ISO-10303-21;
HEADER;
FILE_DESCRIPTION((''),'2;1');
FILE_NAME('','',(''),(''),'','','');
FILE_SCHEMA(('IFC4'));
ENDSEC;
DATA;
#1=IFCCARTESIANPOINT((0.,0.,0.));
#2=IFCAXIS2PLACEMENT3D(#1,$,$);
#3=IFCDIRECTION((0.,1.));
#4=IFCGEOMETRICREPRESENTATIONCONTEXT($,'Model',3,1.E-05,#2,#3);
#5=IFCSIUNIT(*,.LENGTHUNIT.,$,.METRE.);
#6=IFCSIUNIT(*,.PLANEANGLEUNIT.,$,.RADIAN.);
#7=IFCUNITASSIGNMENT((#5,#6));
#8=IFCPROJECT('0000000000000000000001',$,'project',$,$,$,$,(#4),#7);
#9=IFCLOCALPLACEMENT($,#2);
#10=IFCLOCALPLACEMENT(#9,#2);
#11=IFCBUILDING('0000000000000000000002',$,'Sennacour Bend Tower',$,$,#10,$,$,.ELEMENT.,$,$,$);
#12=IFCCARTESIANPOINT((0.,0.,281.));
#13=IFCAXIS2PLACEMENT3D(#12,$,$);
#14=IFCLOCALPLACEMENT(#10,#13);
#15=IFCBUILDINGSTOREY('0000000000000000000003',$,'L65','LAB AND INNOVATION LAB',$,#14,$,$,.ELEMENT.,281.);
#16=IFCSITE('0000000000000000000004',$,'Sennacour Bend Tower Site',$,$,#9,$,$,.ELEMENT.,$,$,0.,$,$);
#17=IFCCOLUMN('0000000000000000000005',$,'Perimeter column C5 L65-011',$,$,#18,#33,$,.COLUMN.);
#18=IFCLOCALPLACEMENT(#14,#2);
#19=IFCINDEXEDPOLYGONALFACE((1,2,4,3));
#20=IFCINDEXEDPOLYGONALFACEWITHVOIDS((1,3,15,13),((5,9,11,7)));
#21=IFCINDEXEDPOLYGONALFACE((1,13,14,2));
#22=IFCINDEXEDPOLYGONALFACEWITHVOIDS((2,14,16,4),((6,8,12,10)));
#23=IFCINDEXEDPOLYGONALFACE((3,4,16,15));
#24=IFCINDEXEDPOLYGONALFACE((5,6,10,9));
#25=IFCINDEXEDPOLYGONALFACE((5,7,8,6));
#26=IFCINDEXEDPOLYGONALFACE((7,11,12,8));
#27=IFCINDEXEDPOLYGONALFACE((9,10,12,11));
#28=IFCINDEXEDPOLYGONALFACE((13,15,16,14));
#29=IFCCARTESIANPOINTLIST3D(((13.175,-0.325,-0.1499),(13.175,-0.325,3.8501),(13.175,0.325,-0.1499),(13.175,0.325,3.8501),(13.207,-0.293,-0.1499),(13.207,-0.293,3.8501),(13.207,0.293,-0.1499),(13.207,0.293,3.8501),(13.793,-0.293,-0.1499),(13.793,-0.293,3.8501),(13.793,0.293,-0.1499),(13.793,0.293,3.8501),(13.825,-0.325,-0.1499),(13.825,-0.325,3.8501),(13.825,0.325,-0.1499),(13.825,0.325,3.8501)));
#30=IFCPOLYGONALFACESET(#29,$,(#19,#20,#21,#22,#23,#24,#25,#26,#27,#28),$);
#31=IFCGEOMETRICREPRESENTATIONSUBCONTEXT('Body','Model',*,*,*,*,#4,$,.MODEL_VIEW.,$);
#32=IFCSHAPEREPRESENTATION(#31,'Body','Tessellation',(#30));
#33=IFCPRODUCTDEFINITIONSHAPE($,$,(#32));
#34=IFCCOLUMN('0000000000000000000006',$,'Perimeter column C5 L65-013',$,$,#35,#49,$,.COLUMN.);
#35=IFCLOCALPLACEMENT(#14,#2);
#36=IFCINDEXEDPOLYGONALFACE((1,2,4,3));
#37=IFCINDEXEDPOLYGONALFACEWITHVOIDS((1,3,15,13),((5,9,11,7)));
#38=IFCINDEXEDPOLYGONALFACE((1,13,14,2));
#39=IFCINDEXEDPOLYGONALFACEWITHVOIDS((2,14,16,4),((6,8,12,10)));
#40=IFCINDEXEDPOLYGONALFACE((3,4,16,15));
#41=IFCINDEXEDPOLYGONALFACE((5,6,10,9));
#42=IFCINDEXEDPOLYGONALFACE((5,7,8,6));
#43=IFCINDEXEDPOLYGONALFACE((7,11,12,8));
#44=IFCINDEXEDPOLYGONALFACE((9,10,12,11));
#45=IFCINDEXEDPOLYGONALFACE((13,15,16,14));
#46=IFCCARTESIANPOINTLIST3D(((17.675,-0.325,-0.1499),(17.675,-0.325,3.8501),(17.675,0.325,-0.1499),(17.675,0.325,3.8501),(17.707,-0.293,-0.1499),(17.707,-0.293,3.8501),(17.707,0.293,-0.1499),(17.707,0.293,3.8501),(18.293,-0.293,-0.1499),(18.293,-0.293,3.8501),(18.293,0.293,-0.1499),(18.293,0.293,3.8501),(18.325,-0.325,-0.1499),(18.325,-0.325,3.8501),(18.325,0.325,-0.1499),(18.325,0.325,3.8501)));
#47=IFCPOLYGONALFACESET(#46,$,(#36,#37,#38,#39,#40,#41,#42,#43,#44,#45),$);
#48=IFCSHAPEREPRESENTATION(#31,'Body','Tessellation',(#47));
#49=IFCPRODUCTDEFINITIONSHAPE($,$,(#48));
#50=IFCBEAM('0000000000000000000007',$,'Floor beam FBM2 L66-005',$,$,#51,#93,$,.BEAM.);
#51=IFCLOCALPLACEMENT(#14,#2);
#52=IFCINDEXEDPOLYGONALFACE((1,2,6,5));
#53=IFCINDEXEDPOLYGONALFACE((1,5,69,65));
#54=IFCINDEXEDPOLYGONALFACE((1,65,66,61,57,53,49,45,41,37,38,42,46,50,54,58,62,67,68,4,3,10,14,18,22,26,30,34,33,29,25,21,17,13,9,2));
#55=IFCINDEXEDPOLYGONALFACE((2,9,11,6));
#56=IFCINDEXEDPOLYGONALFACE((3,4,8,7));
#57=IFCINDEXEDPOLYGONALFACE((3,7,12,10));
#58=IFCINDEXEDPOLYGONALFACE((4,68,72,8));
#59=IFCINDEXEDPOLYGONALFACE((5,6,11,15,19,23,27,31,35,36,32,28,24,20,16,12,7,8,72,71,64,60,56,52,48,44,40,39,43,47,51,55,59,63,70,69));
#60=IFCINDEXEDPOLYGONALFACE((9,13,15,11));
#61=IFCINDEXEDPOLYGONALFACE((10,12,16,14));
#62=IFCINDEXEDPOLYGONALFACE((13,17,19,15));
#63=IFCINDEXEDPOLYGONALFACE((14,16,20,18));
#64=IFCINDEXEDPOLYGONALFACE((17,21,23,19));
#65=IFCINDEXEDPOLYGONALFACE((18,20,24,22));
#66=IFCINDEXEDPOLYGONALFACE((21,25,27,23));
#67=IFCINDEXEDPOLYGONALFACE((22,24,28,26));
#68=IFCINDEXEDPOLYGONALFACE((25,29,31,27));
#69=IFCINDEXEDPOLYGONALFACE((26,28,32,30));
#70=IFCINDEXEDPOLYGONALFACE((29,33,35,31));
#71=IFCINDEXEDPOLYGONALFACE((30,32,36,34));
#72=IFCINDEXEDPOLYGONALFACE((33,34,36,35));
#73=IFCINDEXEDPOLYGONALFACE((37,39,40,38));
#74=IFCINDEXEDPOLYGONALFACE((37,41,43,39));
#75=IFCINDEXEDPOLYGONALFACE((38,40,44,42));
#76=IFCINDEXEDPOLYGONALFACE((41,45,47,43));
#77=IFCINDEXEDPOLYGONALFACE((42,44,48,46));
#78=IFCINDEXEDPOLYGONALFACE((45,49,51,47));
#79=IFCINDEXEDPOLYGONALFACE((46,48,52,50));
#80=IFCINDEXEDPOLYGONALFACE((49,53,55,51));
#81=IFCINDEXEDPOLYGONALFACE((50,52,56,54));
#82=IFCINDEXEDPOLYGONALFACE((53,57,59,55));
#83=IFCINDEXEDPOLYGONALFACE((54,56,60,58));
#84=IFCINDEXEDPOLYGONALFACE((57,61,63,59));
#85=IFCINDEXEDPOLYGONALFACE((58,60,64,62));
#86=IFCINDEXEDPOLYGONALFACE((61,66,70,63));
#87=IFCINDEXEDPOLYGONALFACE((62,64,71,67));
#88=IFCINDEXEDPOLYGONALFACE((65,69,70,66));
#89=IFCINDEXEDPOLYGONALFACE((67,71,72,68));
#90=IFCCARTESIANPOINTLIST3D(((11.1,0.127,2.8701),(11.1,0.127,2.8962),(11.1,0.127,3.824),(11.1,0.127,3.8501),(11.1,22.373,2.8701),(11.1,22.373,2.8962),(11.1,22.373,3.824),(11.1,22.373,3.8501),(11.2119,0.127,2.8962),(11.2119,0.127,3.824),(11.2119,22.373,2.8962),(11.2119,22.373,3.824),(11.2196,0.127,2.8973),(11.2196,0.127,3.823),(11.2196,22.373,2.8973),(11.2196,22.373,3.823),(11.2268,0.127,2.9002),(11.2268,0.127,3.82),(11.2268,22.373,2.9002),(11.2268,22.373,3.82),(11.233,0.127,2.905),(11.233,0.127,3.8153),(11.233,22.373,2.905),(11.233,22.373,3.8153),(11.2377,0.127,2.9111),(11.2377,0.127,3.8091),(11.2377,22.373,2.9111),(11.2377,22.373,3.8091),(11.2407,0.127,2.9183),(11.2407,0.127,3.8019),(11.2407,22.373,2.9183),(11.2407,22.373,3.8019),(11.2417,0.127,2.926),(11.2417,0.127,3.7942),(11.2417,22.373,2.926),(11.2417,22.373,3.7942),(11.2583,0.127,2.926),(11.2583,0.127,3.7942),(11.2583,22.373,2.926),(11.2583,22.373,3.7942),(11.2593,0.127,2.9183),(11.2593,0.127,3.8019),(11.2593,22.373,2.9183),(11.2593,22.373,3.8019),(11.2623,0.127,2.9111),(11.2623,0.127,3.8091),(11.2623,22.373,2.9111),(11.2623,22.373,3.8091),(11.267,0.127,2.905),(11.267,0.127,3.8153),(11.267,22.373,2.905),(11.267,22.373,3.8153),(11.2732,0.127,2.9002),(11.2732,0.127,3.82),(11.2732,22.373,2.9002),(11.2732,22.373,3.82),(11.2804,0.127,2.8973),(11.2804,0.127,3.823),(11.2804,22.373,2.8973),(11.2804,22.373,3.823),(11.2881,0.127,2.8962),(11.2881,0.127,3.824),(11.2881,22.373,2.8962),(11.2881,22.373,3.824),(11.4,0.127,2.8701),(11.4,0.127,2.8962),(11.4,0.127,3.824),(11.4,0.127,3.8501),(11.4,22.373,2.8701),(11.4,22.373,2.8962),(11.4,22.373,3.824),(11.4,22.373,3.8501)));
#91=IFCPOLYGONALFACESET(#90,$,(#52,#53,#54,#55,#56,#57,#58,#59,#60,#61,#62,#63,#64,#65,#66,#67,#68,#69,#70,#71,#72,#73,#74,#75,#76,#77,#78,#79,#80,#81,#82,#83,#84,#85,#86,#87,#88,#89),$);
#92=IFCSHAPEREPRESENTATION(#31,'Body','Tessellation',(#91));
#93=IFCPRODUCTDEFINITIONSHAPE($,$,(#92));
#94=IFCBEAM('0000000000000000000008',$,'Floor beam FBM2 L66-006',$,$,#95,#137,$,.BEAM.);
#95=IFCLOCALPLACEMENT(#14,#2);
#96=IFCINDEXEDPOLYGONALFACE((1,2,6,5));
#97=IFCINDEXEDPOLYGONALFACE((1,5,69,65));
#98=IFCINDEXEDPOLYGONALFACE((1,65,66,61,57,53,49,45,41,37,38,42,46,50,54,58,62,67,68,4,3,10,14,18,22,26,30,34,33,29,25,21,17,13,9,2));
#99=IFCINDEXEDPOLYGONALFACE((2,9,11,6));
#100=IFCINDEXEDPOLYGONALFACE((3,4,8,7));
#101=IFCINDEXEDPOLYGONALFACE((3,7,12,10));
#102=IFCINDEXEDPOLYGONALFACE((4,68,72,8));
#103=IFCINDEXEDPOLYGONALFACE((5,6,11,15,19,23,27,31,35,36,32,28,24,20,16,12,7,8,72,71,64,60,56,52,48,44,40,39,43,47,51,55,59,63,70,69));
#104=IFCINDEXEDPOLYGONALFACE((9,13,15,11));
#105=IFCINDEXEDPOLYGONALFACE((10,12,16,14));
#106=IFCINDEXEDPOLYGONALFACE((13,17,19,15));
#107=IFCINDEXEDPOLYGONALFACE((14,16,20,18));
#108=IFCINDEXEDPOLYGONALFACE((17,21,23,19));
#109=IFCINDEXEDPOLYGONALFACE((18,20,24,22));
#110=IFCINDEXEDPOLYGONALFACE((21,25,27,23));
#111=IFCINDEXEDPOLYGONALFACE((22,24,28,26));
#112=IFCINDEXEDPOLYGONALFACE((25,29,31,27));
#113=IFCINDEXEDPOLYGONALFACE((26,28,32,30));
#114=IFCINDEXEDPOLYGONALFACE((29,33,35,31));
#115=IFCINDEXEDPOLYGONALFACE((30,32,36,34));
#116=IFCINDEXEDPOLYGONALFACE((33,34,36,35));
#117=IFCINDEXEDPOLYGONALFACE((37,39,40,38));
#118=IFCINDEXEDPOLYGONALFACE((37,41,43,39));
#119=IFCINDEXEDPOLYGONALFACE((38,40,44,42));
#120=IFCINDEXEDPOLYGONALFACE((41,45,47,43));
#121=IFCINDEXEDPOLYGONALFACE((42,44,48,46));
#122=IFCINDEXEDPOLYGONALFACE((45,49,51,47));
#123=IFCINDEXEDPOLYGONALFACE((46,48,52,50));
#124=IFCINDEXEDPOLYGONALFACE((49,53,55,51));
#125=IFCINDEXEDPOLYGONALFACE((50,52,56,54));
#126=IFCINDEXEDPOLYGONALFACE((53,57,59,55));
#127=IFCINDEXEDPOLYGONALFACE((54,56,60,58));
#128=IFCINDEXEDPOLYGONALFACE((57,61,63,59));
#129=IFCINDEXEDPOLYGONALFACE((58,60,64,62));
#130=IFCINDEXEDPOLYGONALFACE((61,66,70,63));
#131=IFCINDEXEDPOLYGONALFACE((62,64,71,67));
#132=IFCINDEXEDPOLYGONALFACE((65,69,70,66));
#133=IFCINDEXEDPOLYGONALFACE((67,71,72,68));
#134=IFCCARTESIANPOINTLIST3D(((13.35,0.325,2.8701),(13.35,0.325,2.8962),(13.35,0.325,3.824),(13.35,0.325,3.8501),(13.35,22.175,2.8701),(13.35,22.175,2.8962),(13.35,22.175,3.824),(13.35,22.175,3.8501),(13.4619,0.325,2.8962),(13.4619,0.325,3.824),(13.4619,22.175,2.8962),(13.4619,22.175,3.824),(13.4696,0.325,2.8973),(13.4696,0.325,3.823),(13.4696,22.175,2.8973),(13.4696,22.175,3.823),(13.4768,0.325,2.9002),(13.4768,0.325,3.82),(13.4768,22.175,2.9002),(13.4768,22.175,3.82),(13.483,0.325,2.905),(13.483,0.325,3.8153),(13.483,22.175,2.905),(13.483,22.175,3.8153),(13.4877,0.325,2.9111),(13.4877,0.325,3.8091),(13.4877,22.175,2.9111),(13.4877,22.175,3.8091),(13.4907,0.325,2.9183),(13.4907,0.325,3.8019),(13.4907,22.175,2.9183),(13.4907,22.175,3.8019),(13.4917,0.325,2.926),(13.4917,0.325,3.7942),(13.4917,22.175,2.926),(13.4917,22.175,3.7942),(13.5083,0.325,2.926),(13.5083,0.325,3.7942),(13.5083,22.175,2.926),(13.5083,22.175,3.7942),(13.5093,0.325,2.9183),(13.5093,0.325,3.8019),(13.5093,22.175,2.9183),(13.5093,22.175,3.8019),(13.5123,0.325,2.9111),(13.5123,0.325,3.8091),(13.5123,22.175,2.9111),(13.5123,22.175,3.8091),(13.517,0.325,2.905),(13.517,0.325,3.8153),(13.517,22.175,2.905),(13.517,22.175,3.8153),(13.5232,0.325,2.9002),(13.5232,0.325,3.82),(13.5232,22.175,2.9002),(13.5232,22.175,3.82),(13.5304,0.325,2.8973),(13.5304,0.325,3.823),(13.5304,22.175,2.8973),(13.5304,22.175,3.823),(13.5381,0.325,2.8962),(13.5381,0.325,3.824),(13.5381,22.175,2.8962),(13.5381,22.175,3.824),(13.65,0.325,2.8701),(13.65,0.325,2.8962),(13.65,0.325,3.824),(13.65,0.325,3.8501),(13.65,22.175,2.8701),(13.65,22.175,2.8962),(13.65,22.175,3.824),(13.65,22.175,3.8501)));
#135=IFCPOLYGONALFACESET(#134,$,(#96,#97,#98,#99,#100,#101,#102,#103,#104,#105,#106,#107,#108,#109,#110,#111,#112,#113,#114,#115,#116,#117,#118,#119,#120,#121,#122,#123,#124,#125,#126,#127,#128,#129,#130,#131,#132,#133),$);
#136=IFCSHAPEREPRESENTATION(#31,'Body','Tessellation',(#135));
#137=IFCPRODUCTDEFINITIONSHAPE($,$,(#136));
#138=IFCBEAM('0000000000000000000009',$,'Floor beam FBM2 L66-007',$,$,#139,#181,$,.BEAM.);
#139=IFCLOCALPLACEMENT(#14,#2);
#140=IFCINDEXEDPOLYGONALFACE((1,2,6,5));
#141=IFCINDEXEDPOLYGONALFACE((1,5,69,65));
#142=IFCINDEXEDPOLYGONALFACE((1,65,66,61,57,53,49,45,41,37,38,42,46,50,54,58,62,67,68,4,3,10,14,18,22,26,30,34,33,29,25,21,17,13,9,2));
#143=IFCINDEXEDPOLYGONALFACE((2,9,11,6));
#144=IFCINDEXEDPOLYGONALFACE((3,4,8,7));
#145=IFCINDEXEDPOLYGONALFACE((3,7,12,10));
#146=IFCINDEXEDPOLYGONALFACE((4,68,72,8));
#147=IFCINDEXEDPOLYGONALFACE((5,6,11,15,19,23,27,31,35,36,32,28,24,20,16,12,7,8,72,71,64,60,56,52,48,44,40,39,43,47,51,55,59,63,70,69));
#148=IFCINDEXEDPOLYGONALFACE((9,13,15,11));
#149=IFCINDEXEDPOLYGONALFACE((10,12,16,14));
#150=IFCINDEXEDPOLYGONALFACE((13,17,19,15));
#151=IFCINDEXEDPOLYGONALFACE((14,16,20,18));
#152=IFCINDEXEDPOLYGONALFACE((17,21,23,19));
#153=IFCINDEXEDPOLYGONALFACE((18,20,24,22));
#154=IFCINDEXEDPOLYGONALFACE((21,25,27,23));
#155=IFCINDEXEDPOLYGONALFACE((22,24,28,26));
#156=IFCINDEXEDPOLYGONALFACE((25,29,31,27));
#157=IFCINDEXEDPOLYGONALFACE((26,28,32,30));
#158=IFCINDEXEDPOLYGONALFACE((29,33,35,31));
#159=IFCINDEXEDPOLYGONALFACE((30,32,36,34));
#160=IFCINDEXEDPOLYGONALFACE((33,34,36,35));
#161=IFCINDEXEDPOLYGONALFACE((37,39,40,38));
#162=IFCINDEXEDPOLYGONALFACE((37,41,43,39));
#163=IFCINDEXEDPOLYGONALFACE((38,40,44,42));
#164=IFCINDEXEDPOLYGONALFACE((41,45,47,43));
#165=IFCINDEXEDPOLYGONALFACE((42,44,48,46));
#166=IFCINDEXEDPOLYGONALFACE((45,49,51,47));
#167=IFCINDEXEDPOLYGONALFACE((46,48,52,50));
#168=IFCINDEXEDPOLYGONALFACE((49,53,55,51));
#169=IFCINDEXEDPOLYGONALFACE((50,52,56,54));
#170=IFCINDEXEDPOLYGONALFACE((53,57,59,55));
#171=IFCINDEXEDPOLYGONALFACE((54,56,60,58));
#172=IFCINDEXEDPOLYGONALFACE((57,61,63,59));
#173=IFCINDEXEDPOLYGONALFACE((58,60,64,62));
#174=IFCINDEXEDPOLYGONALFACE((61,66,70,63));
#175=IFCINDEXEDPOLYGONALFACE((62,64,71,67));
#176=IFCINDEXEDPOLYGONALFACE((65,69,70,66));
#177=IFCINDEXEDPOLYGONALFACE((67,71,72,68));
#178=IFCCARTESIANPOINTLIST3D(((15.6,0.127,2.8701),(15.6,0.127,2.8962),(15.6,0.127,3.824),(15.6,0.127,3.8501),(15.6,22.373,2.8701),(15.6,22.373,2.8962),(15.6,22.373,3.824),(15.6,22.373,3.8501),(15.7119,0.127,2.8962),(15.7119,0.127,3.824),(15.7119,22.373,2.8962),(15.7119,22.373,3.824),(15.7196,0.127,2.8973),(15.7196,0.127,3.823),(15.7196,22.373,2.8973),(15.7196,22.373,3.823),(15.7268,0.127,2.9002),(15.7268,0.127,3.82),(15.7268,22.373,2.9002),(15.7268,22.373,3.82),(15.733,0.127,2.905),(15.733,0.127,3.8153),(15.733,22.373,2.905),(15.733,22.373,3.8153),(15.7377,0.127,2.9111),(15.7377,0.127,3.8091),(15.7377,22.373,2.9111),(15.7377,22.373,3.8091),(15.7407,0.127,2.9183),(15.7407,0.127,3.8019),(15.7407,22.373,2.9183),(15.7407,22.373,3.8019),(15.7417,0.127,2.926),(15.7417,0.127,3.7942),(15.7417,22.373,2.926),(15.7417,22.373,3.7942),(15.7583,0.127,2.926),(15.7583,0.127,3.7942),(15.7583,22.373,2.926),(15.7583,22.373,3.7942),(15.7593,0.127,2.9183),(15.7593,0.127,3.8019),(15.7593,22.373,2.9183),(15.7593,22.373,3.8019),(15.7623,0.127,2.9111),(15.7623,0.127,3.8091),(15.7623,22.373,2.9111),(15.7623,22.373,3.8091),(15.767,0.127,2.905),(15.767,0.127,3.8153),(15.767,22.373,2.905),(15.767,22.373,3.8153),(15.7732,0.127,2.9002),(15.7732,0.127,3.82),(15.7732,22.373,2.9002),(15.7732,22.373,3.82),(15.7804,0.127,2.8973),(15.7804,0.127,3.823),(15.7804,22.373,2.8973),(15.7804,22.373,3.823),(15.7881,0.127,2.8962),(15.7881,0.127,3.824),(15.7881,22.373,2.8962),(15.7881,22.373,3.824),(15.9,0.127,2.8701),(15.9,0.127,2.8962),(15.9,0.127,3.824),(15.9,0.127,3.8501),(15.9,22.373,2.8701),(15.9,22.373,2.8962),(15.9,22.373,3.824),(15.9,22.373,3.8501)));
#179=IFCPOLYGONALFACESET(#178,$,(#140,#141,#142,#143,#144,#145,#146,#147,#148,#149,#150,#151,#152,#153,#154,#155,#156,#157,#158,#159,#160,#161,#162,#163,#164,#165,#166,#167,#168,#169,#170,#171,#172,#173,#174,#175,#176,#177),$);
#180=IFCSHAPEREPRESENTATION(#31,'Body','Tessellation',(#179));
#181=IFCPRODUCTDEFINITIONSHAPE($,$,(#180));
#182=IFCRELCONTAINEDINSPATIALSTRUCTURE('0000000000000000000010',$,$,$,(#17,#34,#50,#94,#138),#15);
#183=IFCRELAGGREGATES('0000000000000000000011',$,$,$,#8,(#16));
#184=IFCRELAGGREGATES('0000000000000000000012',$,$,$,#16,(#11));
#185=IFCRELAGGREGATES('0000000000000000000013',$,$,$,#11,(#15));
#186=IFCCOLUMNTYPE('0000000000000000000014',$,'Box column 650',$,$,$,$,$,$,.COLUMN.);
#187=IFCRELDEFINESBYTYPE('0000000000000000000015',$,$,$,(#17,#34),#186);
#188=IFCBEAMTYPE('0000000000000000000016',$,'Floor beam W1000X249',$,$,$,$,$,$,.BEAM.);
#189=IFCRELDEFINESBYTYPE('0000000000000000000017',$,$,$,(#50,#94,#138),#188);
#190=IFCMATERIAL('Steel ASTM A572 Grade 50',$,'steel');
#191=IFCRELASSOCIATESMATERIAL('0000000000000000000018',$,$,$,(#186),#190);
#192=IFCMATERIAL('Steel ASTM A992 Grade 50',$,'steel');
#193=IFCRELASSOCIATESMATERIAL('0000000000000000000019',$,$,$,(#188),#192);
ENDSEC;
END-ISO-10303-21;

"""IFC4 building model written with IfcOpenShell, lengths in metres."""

from ifc_helpers import new_model, si_unit, direction, frame, origin, origin_2d, place, context, subcontext, project, spatial, hollow_rectangle, i_section, extrude, material, material_profile, profile_set, type_object, element, save


model = new_model("IFC4")

# Units and contexts
model_context = context("Model", 3, precision=1e-05, world=origin(), true_north=direction((0.0, 1.0)))
body_context = subcontext(model_context, "Body", "Model", "MODEL_VIEW")
ifc_project = project(units=[si_unit("LENGTHUNIT", "METRE"), si_unit("PLANEANGLEUNIT", "RADIAN")], contexts=[model_context])

# Site, building, storey
site_placement = place(None, origin())
site = spatial("IfcSite", under=ifc_project, at=site_placement, Name="Sennacour Bend Tower Site", CompositionType="ELEMENT", RefElevation=0.0)
building_placement = place(site_placement, origin())
building = spatial("IfcBuilding", under=site, at=building_placement, Name="Sennacour Bend Tower", CompositionType="ELEMENT")
storey_placement = place(building_placement, frame((0.0, 0.0, 281.0)))
storey = spatial("IfcBuildingStorey", under=building, at=storey_placement, Name="L65", Description="LAB AND INNOVATION LAB", CompositionType="ELEMENT", Elevation=281.0)

# Columns
ifc_material_1 = material(Name="Steel ASTM A572 Grade 50", Category="steel")
ifc_material_profile_1 = material_profile(ifc_material_1, hollow_rectangle(XDim=0.6499, YDim=0.6499, WallThickness=0.032, at=origin_2d()), Name="Steel ASTM A572 Grade 50", Category="steel")
ifc_profile_set_1 = profile_set([ifc_material_profile_1], Name="Steel ASTM A572 Grade 50")
column_type = type_object("IfcColumnType", Name="Box column 650", PredefinedType="COLUMN", material=ifc_profile_set_1)
for number, where, z_axis, x_axis, name in (
    (1, (13.5, 0.0, -0.1499), (0.0, 0.0, 1.0), (1.0, 0.0, 0.0), "Perimeter column C5 L65-011"),
    (2, (18.0, 0.0, -0.1499), (0.0, 0.0, 1.0), (1.0, 0.0, 0.0), "Perimeter column C5 L65-013"),
):
    element("IfcColumn", number, at=place(storey_placement, frame(where, z_axis=z_axis, x_axis=x_axis)), inside=storey, type_object=column_type, Name=name, PredefinedType="COLUMN", context=body_context, shape_type="SweptSolid", body=[
        extrude(hollow_rectangle(XDim=0.6499, YDim=0.6499, WallThickness=0.032, at=origin_2d()), origin(), (0.0, 0.0, 1.0), 4.0),
    ])

# Beams
ifc_material_2 = material(Name="Steel ASTM A992 Grade 50", Category="steel")
ifc_material_profile_2 = material_profile(ifc_material_2, i_section(OverallWidth=0.3, OverallDepth=0.98, WebThickness=0.0166, FlangeThickness=0.0261, FilletRadius=0.0298, at=origin_2d()), Name="Steel ASTM A992 Grade 50", Category="steel")
ifc_profile_set_2 = profile_set([ifc_material_profile_2], Name="Steel ASTM A992 Grade 50")
beam_type_1 = type_object("IfcBeamType", Name="Floor beam W1000X249", PredefinedType="BEAM", material=ifc_profile_set_2)
beam_1_placement = place(storey_placement, frame((11.25, 0.127, 3.3601), z_axis=(0.0, 1.0, 0.0), x_axis=(-1.0, 0.0, 0.0)))
element("IfcBeam", 3, at=beam_1_placement, inside=storey, type_object=beam_type_1, Name="Floor beam FBM2 L66-005", PredefinedType="BEAM", context=body_context, shape_type="SweptSolid", body=[
    extrude(i_section(OverallWidth=0.3, OverallDepth=0.98, WebThickness=0.0166, FlangeThickness=0.0261, FilletRadius=0.0298, at=origin_2d()), origin(), (0.0, 0.0, 1.0), 22.2461),
])
beam_2_placement = place(storey_placement, frame((13.5, 0.325, 3.3601), z_axis=(0.0, 1.0, 0.0), x_axis=(-1.0, 0.0, 0.0)))
element("IfcBeam", 4, at=beam_2_placement, inside=storey, type_object=beam_type_1, Name="Floor beam FBM2 L66-006", PredefinedType="BEAM", context=body_context, shape_type="SweptSolid", body=[
    extrude(i_section(OverallWidth=0.3, OverallDepth=0.98, WebThickness=0.0166, FlangeThickness=0.0261, FilletRadius=0.0298, at=origin_2d()), origin(), (0.0, 0.0, 1.0), 21.8501),
])
beam_3_placement = place(storey_placement, frame((15.75, 0.127, 3.3601), z_axis=(0.0, 1.0, 0.0), x_axis=(-1.0, 0.0, 0.0)))
element("IfcBeam", 5, at=beam_3_placement, inside=storey, type_object=beam_type_1, Name="Floor beam FBM2 L66-007", PredefinedType="BEAM", context=body_context, shape_type="SweptSolid", body=[
    extrude(i_section(OverallWidth=0.3, OverallDepth=0.98, WebThickness=0.0166, FlangeThickness=0.0261, FilletRadius=0.0298, at=origin_2d()), origin(), (0.0, 0.0, 1.0), 22.2461),
])

save(model, "model.ifc")
